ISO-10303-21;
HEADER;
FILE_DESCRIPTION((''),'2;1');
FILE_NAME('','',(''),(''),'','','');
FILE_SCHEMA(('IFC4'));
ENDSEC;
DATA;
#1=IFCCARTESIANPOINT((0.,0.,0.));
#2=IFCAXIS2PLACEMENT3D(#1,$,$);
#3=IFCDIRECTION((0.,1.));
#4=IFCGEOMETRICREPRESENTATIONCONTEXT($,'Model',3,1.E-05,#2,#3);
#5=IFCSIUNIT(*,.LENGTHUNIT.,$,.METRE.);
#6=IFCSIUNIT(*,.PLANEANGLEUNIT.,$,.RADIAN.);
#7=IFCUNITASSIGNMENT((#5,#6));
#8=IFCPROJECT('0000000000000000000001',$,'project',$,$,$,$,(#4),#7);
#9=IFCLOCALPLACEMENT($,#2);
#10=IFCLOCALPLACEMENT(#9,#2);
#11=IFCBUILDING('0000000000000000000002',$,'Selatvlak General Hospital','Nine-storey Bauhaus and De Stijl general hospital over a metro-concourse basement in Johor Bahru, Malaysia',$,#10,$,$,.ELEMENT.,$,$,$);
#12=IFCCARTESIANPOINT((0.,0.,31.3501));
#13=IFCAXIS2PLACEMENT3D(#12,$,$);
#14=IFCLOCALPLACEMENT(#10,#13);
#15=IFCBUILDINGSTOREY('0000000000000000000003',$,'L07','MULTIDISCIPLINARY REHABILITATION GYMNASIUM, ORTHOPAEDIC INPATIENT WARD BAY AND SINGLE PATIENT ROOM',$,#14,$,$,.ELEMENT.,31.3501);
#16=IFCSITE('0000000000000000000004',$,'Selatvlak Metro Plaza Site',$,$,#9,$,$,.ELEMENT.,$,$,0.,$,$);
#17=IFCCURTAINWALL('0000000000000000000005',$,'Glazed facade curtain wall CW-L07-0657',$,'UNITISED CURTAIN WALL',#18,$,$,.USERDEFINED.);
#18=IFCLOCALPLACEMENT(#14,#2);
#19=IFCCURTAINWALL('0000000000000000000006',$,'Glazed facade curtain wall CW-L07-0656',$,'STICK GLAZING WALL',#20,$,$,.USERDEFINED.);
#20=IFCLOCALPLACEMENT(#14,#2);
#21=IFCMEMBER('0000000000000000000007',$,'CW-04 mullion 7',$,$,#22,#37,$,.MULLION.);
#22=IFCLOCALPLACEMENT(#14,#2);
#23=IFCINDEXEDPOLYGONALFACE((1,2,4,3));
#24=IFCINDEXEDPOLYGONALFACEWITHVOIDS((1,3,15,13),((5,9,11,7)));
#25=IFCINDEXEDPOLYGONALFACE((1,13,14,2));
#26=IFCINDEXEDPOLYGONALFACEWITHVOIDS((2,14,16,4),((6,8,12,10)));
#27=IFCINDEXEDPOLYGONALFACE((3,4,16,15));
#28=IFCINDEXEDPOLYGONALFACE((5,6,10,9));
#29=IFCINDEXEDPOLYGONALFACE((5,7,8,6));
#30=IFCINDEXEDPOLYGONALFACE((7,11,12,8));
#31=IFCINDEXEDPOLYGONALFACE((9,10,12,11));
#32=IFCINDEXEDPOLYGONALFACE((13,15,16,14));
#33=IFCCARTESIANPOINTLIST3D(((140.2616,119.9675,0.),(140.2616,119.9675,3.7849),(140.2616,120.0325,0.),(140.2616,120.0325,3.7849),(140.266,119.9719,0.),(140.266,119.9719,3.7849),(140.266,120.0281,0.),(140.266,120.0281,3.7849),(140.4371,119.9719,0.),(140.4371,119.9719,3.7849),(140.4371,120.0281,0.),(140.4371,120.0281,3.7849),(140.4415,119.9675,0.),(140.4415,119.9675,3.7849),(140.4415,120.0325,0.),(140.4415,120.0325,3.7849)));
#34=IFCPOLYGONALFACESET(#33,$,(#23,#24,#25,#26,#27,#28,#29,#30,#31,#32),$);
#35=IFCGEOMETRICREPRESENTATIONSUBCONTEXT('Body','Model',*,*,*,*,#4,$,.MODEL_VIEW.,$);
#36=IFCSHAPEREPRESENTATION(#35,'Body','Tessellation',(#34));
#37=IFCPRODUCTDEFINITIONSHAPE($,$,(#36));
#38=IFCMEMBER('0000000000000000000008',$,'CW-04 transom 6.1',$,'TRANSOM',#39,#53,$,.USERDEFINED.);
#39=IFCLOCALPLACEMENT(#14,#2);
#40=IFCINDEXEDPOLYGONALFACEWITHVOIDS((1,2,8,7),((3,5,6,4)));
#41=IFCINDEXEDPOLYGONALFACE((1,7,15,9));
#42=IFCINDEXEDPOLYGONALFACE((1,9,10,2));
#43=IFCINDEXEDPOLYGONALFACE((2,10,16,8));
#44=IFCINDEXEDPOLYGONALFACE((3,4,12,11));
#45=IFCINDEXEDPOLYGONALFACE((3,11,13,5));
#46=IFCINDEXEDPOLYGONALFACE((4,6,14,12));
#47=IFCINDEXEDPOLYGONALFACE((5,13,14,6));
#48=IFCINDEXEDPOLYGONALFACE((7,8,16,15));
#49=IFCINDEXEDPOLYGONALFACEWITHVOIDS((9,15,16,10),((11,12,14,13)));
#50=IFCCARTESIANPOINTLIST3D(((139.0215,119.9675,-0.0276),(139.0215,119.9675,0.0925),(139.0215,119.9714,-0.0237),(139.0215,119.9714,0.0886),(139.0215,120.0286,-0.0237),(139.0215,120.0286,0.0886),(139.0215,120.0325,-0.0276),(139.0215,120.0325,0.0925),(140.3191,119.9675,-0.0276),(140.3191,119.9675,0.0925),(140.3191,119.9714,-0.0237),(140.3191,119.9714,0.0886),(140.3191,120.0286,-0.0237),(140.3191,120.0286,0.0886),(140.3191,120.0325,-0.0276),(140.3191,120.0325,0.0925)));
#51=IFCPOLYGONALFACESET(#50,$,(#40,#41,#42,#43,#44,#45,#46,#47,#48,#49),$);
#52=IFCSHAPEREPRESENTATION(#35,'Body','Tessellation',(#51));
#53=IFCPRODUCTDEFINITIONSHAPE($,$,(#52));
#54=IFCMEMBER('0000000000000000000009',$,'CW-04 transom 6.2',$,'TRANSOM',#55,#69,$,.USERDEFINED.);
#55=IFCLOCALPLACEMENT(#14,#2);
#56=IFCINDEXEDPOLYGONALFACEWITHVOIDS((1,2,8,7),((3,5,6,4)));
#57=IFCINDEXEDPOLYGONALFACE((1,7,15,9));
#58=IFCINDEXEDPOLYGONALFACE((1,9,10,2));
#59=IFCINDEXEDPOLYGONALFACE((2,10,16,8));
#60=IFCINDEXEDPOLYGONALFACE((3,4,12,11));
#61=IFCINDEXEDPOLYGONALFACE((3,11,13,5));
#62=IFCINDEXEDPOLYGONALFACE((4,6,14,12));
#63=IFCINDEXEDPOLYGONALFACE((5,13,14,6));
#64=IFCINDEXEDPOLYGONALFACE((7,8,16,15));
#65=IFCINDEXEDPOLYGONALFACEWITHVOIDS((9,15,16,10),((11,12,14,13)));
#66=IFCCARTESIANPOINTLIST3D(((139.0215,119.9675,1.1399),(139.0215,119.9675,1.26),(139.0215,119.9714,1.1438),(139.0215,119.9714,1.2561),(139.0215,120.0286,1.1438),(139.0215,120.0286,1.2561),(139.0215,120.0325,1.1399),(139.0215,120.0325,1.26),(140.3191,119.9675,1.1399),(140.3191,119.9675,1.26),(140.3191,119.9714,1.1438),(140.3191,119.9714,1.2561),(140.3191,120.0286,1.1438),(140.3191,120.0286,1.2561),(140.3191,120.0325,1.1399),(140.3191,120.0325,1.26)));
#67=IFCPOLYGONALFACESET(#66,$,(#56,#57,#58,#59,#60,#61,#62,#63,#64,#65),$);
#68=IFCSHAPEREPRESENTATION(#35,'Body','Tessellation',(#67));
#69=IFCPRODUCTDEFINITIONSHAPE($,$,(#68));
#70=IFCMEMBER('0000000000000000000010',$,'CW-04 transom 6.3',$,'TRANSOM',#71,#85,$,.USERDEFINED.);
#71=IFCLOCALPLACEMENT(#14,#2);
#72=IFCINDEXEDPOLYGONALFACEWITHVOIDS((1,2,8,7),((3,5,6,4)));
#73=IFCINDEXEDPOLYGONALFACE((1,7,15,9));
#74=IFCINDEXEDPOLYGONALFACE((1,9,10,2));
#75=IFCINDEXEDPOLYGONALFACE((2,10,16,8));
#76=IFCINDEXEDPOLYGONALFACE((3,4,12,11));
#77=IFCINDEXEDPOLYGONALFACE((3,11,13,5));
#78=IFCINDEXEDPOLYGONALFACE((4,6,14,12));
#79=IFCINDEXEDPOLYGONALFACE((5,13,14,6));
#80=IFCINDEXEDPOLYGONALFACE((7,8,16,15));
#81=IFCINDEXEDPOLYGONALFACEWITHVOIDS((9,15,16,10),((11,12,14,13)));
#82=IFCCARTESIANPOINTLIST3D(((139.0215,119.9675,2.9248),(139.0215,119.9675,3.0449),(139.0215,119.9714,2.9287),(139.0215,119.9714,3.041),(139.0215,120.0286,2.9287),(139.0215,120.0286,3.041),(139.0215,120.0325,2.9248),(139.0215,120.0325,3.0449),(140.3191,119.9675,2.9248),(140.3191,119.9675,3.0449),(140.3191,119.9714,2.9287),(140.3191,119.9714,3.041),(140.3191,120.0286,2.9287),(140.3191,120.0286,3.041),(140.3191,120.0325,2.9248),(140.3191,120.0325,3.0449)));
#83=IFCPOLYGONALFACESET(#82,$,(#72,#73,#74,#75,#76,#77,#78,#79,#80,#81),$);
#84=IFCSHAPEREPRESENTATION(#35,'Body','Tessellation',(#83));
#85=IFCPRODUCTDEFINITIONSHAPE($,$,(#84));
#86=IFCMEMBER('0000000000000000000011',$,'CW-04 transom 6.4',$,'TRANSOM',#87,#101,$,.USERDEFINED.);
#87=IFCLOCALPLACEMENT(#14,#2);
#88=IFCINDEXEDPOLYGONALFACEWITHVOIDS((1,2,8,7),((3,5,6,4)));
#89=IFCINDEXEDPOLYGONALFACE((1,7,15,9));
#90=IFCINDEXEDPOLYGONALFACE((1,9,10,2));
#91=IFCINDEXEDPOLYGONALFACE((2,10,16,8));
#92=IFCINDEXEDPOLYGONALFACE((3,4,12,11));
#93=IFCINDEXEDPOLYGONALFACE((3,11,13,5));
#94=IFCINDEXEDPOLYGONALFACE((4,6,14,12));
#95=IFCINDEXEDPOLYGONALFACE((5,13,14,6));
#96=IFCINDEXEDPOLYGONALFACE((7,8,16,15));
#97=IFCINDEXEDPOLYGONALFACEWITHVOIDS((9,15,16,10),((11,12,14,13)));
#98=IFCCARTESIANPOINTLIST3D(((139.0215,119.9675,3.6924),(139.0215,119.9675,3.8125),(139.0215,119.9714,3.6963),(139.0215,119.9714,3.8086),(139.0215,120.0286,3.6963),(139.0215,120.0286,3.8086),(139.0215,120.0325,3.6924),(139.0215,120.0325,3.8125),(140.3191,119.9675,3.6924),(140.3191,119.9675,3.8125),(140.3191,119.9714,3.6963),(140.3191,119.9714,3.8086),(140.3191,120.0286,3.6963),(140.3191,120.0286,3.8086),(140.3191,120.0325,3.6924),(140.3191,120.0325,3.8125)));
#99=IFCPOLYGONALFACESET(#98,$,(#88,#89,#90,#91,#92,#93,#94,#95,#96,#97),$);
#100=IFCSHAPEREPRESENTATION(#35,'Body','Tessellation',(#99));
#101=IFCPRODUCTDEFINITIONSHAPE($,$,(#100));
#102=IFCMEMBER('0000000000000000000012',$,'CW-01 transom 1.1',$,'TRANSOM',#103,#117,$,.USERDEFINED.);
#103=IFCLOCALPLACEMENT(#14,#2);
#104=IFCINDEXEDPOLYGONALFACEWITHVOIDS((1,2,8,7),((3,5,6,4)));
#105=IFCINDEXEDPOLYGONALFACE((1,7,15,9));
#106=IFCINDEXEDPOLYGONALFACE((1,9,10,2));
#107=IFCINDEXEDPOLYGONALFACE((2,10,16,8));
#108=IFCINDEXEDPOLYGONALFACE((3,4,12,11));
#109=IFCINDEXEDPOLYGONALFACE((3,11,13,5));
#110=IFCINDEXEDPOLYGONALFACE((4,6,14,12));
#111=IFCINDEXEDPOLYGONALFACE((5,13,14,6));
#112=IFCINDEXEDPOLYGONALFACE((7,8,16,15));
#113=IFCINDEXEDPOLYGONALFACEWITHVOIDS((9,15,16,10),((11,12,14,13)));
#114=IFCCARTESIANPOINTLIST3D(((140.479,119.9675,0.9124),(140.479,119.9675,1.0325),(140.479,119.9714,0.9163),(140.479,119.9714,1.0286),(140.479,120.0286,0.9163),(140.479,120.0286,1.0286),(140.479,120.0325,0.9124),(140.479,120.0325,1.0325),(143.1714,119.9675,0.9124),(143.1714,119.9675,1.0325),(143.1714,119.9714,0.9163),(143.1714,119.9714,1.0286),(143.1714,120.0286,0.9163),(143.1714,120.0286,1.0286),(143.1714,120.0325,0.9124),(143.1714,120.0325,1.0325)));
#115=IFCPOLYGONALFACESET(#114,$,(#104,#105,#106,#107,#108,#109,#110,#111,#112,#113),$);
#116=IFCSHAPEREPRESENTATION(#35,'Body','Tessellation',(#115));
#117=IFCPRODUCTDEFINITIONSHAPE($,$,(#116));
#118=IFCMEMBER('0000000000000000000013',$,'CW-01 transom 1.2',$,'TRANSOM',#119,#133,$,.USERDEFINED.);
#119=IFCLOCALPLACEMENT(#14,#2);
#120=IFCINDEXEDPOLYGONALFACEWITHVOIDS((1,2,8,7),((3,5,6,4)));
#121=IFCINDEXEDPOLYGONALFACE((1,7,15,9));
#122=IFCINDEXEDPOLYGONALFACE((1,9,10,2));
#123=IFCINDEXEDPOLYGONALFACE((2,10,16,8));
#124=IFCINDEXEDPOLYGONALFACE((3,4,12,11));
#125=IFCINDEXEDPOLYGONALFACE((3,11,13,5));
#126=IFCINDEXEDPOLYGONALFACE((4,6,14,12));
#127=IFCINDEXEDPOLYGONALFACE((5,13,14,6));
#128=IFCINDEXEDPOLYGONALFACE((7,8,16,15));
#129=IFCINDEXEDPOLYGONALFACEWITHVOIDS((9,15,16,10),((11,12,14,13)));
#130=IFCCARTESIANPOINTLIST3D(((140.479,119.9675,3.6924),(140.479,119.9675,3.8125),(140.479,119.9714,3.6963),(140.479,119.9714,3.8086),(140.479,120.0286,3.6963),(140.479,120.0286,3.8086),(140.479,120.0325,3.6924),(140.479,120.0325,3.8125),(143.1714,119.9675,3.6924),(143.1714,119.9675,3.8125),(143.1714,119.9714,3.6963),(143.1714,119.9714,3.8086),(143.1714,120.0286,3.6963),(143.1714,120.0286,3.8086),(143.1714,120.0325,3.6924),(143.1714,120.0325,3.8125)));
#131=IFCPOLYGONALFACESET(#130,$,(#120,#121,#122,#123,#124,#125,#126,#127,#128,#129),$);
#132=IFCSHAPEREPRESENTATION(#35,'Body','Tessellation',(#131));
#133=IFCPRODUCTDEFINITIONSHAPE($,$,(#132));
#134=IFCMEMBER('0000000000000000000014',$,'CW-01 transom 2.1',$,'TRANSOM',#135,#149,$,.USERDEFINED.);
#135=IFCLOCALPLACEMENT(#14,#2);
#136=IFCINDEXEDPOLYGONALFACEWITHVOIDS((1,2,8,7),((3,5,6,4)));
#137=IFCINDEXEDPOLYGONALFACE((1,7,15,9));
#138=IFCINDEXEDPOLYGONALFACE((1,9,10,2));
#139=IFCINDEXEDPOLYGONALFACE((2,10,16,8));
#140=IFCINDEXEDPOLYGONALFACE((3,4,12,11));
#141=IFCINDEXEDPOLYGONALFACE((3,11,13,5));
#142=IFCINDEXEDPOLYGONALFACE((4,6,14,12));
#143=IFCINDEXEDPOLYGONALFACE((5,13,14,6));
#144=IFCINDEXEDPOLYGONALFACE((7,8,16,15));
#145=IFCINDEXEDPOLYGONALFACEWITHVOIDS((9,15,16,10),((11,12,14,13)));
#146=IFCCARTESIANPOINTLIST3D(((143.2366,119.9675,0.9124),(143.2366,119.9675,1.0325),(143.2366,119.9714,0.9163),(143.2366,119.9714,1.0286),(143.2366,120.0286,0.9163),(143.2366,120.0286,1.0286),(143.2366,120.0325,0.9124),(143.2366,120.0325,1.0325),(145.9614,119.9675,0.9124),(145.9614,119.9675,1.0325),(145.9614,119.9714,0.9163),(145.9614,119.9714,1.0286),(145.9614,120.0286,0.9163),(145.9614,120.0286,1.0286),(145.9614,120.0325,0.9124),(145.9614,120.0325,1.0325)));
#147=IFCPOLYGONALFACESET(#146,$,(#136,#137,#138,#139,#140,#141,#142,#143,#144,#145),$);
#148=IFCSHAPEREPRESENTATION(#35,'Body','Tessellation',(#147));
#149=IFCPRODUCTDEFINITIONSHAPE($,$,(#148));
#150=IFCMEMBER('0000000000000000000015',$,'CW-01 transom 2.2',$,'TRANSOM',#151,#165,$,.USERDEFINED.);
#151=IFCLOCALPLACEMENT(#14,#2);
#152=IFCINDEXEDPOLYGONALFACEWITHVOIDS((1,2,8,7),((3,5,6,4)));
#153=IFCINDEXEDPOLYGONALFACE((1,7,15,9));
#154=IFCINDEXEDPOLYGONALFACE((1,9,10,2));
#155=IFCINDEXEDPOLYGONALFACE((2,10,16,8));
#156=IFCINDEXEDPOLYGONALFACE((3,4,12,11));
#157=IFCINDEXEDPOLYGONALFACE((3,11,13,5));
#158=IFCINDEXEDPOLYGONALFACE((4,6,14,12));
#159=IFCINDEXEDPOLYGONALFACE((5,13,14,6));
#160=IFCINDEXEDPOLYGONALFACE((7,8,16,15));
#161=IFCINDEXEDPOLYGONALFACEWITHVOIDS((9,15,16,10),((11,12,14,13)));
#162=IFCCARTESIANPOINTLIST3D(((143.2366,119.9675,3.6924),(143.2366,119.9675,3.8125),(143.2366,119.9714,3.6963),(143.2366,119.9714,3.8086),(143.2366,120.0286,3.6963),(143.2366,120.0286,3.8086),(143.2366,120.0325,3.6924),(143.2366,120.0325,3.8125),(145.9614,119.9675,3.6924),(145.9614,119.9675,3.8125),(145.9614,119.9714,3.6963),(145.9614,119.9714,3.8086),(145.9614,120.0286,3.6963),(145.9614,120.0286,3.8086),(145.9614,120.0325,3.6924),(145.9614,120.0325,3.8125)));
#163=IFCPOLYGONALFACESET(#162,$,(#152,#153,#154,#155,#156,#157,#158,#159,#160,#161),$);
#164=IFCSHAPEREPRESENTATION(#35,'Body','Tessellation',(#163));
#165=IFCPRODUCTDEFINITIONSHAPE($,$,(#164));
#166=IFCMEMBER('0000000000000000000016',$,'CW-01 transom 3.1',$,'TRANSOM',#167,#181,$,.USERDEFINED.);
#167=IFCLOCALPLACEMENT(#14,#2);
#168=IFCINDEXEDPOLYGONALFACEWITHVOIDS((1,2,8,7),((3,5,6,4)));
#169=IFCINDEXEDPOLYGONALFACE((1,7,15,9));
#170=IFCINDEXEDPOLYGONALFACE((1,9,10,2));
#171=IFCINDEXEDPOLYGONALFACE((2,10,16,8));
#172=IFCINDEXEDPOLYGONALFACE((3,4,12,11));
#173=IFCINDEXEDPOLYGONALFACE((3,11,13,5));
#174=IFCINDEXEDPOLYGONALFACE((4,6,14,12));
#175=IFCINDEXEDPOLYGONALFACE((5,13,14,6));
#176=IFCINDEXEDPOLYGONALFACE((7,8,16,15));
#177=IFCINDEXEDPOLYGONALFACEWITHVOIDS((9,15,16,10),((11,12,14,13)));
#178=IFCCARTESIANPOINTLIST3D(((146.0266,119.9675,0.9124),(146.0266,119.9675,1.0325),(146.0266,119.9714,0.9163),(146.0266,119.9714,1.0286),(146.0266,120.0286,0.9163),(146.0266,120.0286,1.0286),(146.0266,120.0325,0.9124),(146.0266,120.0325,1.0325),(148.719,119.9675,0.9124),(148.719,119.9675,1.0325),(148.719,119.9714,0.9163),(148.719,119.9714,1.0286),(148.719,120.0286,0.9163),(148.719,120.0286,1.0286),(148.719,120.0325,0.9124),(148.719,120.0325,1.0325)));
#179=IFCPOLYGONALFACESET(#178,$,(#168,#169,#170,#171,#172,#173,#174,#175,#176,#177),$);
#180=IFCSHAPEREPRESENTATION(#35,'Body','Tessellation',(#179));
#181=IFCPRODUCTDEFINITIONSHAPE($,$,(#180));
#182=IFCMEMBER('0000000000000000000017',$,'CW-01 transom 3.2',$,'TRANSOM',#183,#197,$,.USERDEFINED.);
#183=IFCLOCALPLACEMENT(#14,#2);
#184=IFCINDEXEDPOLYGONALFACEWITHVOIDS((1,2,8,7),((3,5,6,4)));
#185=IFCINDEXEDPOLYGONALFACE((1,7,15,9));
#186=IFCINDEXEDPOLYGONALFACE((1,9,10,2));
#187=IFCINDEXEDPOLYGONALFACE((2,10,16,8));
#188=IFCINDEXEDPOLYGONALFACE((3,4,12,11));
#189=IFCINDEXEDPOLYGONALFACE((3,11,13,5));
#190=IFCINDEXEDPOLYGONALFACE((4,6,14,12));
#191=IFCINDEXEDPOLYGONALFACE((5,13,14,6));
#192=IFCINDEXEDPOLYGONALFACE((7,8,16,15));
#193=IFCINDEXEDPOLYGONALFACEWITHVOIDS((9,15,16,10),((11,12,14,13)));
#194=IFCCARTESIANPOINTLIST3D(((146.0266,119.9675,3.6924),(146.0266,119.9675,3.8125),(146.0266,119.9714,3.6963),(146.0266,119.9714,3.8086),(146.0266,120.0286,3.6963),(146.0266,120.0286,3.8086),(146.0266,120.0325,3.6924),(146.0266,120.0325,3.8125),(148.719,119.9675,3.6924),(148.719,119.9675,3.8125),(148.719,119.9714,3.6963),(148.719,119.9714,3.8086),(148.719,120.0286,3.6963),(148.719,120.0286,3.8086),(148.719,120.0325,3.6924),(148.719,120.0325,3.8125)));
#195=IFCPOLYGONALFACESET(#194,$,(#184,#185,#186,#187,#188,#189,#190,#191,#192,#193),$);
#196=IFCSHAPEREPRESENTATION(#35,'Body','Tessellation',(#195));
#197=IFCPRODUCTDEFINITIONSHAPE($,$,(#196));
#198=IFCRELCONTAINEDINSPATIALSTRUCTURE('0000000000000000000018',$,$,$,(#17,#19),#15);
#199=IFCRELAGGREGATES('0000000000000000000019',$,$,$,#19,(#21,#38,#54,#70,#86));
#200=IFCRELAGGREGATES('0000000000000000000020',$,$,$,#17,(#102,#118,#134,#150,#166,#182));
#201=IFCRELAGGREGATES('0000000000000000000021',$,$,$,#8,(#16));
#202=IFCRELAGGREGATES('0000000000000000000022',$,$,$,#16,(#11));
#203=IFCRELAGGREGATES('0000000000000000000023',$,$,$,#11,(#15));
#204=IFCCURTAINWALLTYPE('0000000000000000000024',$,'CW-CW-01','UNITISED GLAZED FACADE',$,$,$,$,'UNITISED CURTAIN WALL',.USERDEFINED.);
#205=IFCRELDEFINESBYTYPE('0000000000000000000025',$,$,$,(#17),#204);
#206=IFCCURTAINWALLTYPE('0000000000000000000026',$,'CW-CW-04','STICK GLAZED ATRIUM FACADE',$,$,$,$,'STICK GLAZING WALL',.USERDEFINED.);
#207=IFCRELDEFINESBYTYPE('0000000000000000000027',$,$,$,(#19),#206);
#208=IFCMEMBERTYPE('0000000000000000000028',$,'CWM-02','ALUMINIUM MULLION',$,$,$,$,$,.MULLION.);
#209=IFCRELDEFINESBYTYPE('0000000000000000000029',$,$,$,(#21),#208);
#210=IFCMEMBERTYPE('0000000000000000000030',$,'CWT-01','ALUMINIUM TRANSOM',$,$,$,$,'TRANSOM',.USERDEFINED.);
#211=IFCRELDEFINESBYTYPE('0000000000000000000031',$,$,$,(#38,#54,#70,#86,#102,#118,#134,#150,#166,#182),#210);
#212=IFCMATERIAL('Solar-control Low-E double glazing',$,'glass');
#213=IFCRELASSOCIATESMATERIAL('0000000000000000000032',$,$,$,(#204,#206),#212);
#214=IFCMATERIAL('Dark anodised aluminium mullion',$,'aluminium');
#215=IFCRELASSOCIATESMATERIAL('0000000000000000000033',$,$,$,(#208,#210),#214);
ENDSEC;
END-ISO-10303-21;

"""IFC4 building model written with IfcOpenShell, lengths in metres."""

from ifc_helpers import new_model, si_unit, direction, frame, origin, origin_2d, place, context, subcontext, project, spatial, hollow_rectangle, extrude, material, material_profile, profile_set, type_object, element, aggregate, save


model = new_model("IFC4")

# Units and contexts
model_context = context("Model", 3, precision=1e-05, world=origin(), true_north=direction((0.0, 1.0)))
body_context = subcontext(model_context, "Body", "Model", "MODEL_VIEW")
ifc_project = project(units=[si_unit("LENGTHUNIT", "METRE"), si_unit("PLANEANGLEUNIT", "RADIAN")], contexts=[model_context])

# Site, building, storey
site_placement = place(None, origin())
site = spatial("IfcSite", under=ifc_project, at=site_placement, Name="Selatvlak Metro Plaza Site", CompositionType="ELEMENT", RefElevation=0.0)
building_placement = place(site_placement, origin())
building = spatial("IfcBuilding", under=site, at=building_placement, Name="Selatvlak General Hospital", Description="Nine-storey Bauhaus and De Stijl general hospital over a metro-concourse basement in Johor Bahru, Malaysia", CompositionType="ELEMENT")
storey_placement = place(building_placement, frame((0.0, 0.0, 31.3501)))
storey = spatial("IfcBuildingStorey", under=building, at=storey_placement, Name="L07", Description="MULTIDISCIPLINARY REHABILITATION GYMNASIUM, ORTHOPAEDIC INPATIENT WARD BAY AND SINGLE PATIENT ROOM", CompositionType="ELEMENT", Elevation=31.3501)

# Curtain wall
ifc_material_1 = material(Name="Solar-control Low-E double glazing", Category="glass")
curtain_wall_type_1 = type_object("IfcCurtainWallType", Name="CW-CW-01", Description="UNITISED GLAZED FACADE", ElementType="UNITISED CURTAIN WALL", PredefinedType="USERDEFINED", material=ifc_material_1)
curtain_wall_1_placement = place(storey_placement, origin())
curtain_wall_1 = element("IfcCurtainWall", 1, at=curtain_wall_1_placement, inside=storey, type_object=curtain_wall_type_1, Name="Glazed facade curtain wall CW-L07-0657", ObjectType="UNITISED CURTAIN WALL", PredefinedType="USERDEFINED")
ifc_material_2 = material(Name="Dark anodised aluminium mullion", Category="aluminium")

# Curtain wall, members
curtain_wall_type_2 = type_object("IfcCurtainWallType", Name="CW-CW-04", Description="STICK GLAZED ATRIUM FACADE", ElementType="STICK GLAZING WALL", PredefinedType="USERDEFINED", material=ifc_material_1)
curtain_wall_2_placement = place(storey_placement, origin())
curtain_wall_2 = element("IfcCurtainWall", 2, at=curtain_wall_2_placement, inside=storey, type_object=curtain_wall_type_2, Name="Glazed facade curtain wall CW-L07-0656", ObjectType="STICK GLAZING WALL", PredefinedType="USERDEFINED")
ifc_material_profile_1 = material_profile(ifc_material_2, hollow_rectangle(XDim=0.0649, YDim=0.1799, WallThickness=0.0044, at=origin_2d()), Name="AL-MUL 65x180x4.5")
ifc_profile_set_1 = profile_set([ifc_material_profile_1], Name="Dark anodised aluminium mullion")
member_type_1 = type_object("IfcMemberType", Name="CWM-02", Description="ALUMINIUM MULLION", PredefinedType="MULLION", material=ifc_profile_set_1)
member_1_placement = place(storey_placement, frame((140.3516, 120.0, 0.0), z_axis=(0.0, 0.0, 1.0), x_axis=(0.0, 1.0, 0.0)))
member_1 = element("IfcMember", 3, at=member_1_placement, type_object=member_type_1, Name="CW-04 mullion 7", PredefinedType="MULLION", context=body_context, shape_type="SweptSolid", body=[
    extrude(hollow_rectangle(XDim=0.0649, YDim=0.1799, WallThickness=0.0044, at=origin_2d()), origin(), (0.0, 0.0, 1.0), 3.7849),
])
ifc_material_profile_2 = material_profile(ifc_material_2, hollow_rectangle(XDim=0.0649, YDim=0.1201, WallThickness=0.0039, at=origin_2d()), Name="AL-TRN 65x120x4")
ifc_profile_set_2 = profile_set([ifc_material_profile_2], Name="Dark anodised aluminium mullion")
member_type_2 = type_object("IfcMemberType", Name="CWT-01", Description="ALUMINIUM TRANSOM", ElementType="TRANSOM", PredefinedType="USERDEFINED", material=ifc_profile_set_2)
member_2_placement = place(storey_placement, frame((139.0215, 120.0, 0.0325), z_axis=(1.0, 0.0, 0.0), x_axis=(0.0, 1.0, 0.0)))
member_2 = element("IfcMember", 4, at=member_2_placement, type_object=member_type_2, Name="CW-04 transom 6.1", ObjectType="TRANSOM", PredefinedType="USERDEFINED", context=body_context, shape_type="SweptSolid", body=[
    extrude(hollow_rectangle(XDim=0.0649, YDim=0.1201, WallThickness=0.0039, at=origin_2d()), origin(), (0.0, 0.0, 1.0), 1.2976),
])
member_3_placement = place(storey_placement, frame((139.0215, 120.0, 1.2), z_axis=(1.0, 0.0, 0.0), x_axis=(0.0, 1.0, 0.0)))
member_3 = element("IfcMember", 5, at=member_3_placement, type_object=member_type_2, Name="CW-04 transom 6.2", ObjectType="TRANSOM", PredefinedType="USERDEFINED", context=body_context, shape_type="SweptSolid", body=[
    extrude(hollow_rectangle(XDim=0.0649, YDim=0.1201, WallThickness=0.0039, at=origin_2d()), origin(), (0.0, 0.0, 1.0), 1.2976),
])
member_4_placement = place(storey_placement, frame((139.0215, 120.0, 2.9849), z_axis=(1.0, 0.0, 0.0), x_axis=(0.0, 1.0, 0.0)))
member_4 = element("IfcMember", 6, at=member_4_placement, type_object=member_type_2, Name="CW-04 transom 6.3", ObjectType="TRANSOM", PredefinedType="USERDEFINED", context=body_context, shape_type="SweptSolid", body=[
    extrude(hollow_rectangle(XDim=0.0649, YDim=0.1201, WallThickness=0.0039, at=origin_2d()), origin(), (0.0, 0.0, 1.0), 1.2976),
])
member_5_placement = place(storey_placement, frame((139.0215, 120.0, 3.7524), z_axis=(1.0, 0.0, 0.0), x_axis=(0.0, 1.0, 0.0)))
member_5 = element("IfcMember", 7, at=member_5_placement, type_object=member_type_2, Name="CW-04 transom 6.4", ObjectType="TRANSOM", PredefinedType="USERDEFINED", context=body_context, shape_type="SweptSolid", body=[
    extrude(hollow_rectangle(XDim=0.0649, YDim=0.1201, WallThickness=0.0039, at=origin_2d()), origin(), (0.0, 0.0, 1.0), 1.2976),
])

# Members
member_6_placement = place(storey_placement, frame((140.479, 120.0, 0.9724), z_axis=(1.0, 0.0, 0.0), x_axis=(0.0, 1.0, 0.0)))
member_6 = element("IfcMember", 8, at=member_6_placement, type_object=member_type_2, Name="CW-01 transom 1.1", ObjectType="TRANSOM", PredefinedType="USERDEFINED", context=body_context, shape_type="SweptSolid", body=[
    extrude(hollow_rectangle(XDim=0.0649, YDim=0.1201, WallThickness=0.0039, at=origin_2d()), origin(), (0.0, 0.0, 1.0), 2.6924),
])
member_7_placement = place(storey_placement, frame((140.479, 120.0, 3.7524), z_axis=(1.0, 0.0, 0.0), x_axis=(0.0, 1.0, 0.0)))
member_7 = element("IfcMember", 9, at=member_7_placement, type_object=member_type_2, Name="CW-01 transom 1.2", ObjectType="TRANSOM", PredefinedType="USERDEFINED", context=body_context, shape_type="SweptSolid", body=[
    extrude(hollow_rectangle(XDim=0.0649, YDim=0.1201, WallThickness=0.0039, at=origin_2d()), origin(), (0.0, 0.0, 1.0), 2.6924),
])
member_8_placement = place(storey_placement, frame((143.2366, 120.0, 0.9724), z_axis=(1.0, 0.0, 0.0), x_axis=(0.0, 1.0, 0.0)))
member_8 = element("IfcMember", 10, at=member_8_placement, type_object=member_type_2, Name="CW-01 transom 2.1", ObjectType="TRANSOM", PredefinedType="USERDEFINED", context=body_context, shape_type="SweptSolid", body=[
    extrude(hollow_rectangle(XDim=0.0649, YDim=0.1201, WallThickness=0.0039, at=origin_2d()), origin(), (0.0, 0.0, 1.0), 2.7249),
])
member_9_placement = place(storey_placement, frame((143.2366, 120.0, 3.7524), z_axis=(1.0, 0.0, 0.0), x_axis=(0.0, 1.0, 0.0)))
member_9 = element("IfcMember", 11, at=member_9_placement, type_object=member_type_2, Name="CW-01 transom 2.2", ObjectType="TRANSOM", PredefinedType="USERDEFINED", context=body_context, shape_type="SweptSolid", body=[
    extrude(hollow_rectangle(XDim=0.0649, YDim=0.1201, WallThickness=0.0039, at=origin_2d()), origin(), (0.0, 0.0, 1.0), 2.7249),
])
member_10_placement = place(storey_placement, frame((146.0266, 120.0, 0.9724), z_axis=(1.0, 0.0, 0.0), x_axis=(0.0, 1.0, 0.0)))
member_10 = element("IfcMember", 12, at=member_10_placement, type_object=member_type_2, Name="CW-01 transom 3.1", ObjectType="TRANSOM", PredefinedType="USERDEFINED", context=body_context, shape_type="SweptSolid", body=[
    extrude(hollow_rectangle(XDim=0.0649, YDim=0.1201, WallThickness=0.0039, at=origin_2d()), origin(), (0.0, 0.0, 1.0), 2.6924),
])
member_11_placement = place(storey_placement, frame((146.0266, 120.0, 3.7524), z_axis=(1.0, 0.0, 0.0), x_axis=(0.0, 1.0, 0.0)))
member_11 = element("IfcMember", 13, at=member_11_placement, type_object=member_type_2, Name="CW-01 transom 3.2", ObjectType="TRANSOM", PredefinedType="USERDEFINED", context=body_context, shape_type="SweptSolid", body=[
    extrude(hollow_rectangle(XDim=0.0649, YDim=0.1201, WallThickness=0.0039, at=origin_2d()), origin(), (0.0, 0.0, 1.0), 2.6924),
])

aggregate(curtain_wall_2, [member_1, member_2, member_3, member_4, member_5])
aggregate(curtain_wall_1, [member_6, member_7, member_8, member_9, member_10, member_11])

save(model, "model.ifc")
